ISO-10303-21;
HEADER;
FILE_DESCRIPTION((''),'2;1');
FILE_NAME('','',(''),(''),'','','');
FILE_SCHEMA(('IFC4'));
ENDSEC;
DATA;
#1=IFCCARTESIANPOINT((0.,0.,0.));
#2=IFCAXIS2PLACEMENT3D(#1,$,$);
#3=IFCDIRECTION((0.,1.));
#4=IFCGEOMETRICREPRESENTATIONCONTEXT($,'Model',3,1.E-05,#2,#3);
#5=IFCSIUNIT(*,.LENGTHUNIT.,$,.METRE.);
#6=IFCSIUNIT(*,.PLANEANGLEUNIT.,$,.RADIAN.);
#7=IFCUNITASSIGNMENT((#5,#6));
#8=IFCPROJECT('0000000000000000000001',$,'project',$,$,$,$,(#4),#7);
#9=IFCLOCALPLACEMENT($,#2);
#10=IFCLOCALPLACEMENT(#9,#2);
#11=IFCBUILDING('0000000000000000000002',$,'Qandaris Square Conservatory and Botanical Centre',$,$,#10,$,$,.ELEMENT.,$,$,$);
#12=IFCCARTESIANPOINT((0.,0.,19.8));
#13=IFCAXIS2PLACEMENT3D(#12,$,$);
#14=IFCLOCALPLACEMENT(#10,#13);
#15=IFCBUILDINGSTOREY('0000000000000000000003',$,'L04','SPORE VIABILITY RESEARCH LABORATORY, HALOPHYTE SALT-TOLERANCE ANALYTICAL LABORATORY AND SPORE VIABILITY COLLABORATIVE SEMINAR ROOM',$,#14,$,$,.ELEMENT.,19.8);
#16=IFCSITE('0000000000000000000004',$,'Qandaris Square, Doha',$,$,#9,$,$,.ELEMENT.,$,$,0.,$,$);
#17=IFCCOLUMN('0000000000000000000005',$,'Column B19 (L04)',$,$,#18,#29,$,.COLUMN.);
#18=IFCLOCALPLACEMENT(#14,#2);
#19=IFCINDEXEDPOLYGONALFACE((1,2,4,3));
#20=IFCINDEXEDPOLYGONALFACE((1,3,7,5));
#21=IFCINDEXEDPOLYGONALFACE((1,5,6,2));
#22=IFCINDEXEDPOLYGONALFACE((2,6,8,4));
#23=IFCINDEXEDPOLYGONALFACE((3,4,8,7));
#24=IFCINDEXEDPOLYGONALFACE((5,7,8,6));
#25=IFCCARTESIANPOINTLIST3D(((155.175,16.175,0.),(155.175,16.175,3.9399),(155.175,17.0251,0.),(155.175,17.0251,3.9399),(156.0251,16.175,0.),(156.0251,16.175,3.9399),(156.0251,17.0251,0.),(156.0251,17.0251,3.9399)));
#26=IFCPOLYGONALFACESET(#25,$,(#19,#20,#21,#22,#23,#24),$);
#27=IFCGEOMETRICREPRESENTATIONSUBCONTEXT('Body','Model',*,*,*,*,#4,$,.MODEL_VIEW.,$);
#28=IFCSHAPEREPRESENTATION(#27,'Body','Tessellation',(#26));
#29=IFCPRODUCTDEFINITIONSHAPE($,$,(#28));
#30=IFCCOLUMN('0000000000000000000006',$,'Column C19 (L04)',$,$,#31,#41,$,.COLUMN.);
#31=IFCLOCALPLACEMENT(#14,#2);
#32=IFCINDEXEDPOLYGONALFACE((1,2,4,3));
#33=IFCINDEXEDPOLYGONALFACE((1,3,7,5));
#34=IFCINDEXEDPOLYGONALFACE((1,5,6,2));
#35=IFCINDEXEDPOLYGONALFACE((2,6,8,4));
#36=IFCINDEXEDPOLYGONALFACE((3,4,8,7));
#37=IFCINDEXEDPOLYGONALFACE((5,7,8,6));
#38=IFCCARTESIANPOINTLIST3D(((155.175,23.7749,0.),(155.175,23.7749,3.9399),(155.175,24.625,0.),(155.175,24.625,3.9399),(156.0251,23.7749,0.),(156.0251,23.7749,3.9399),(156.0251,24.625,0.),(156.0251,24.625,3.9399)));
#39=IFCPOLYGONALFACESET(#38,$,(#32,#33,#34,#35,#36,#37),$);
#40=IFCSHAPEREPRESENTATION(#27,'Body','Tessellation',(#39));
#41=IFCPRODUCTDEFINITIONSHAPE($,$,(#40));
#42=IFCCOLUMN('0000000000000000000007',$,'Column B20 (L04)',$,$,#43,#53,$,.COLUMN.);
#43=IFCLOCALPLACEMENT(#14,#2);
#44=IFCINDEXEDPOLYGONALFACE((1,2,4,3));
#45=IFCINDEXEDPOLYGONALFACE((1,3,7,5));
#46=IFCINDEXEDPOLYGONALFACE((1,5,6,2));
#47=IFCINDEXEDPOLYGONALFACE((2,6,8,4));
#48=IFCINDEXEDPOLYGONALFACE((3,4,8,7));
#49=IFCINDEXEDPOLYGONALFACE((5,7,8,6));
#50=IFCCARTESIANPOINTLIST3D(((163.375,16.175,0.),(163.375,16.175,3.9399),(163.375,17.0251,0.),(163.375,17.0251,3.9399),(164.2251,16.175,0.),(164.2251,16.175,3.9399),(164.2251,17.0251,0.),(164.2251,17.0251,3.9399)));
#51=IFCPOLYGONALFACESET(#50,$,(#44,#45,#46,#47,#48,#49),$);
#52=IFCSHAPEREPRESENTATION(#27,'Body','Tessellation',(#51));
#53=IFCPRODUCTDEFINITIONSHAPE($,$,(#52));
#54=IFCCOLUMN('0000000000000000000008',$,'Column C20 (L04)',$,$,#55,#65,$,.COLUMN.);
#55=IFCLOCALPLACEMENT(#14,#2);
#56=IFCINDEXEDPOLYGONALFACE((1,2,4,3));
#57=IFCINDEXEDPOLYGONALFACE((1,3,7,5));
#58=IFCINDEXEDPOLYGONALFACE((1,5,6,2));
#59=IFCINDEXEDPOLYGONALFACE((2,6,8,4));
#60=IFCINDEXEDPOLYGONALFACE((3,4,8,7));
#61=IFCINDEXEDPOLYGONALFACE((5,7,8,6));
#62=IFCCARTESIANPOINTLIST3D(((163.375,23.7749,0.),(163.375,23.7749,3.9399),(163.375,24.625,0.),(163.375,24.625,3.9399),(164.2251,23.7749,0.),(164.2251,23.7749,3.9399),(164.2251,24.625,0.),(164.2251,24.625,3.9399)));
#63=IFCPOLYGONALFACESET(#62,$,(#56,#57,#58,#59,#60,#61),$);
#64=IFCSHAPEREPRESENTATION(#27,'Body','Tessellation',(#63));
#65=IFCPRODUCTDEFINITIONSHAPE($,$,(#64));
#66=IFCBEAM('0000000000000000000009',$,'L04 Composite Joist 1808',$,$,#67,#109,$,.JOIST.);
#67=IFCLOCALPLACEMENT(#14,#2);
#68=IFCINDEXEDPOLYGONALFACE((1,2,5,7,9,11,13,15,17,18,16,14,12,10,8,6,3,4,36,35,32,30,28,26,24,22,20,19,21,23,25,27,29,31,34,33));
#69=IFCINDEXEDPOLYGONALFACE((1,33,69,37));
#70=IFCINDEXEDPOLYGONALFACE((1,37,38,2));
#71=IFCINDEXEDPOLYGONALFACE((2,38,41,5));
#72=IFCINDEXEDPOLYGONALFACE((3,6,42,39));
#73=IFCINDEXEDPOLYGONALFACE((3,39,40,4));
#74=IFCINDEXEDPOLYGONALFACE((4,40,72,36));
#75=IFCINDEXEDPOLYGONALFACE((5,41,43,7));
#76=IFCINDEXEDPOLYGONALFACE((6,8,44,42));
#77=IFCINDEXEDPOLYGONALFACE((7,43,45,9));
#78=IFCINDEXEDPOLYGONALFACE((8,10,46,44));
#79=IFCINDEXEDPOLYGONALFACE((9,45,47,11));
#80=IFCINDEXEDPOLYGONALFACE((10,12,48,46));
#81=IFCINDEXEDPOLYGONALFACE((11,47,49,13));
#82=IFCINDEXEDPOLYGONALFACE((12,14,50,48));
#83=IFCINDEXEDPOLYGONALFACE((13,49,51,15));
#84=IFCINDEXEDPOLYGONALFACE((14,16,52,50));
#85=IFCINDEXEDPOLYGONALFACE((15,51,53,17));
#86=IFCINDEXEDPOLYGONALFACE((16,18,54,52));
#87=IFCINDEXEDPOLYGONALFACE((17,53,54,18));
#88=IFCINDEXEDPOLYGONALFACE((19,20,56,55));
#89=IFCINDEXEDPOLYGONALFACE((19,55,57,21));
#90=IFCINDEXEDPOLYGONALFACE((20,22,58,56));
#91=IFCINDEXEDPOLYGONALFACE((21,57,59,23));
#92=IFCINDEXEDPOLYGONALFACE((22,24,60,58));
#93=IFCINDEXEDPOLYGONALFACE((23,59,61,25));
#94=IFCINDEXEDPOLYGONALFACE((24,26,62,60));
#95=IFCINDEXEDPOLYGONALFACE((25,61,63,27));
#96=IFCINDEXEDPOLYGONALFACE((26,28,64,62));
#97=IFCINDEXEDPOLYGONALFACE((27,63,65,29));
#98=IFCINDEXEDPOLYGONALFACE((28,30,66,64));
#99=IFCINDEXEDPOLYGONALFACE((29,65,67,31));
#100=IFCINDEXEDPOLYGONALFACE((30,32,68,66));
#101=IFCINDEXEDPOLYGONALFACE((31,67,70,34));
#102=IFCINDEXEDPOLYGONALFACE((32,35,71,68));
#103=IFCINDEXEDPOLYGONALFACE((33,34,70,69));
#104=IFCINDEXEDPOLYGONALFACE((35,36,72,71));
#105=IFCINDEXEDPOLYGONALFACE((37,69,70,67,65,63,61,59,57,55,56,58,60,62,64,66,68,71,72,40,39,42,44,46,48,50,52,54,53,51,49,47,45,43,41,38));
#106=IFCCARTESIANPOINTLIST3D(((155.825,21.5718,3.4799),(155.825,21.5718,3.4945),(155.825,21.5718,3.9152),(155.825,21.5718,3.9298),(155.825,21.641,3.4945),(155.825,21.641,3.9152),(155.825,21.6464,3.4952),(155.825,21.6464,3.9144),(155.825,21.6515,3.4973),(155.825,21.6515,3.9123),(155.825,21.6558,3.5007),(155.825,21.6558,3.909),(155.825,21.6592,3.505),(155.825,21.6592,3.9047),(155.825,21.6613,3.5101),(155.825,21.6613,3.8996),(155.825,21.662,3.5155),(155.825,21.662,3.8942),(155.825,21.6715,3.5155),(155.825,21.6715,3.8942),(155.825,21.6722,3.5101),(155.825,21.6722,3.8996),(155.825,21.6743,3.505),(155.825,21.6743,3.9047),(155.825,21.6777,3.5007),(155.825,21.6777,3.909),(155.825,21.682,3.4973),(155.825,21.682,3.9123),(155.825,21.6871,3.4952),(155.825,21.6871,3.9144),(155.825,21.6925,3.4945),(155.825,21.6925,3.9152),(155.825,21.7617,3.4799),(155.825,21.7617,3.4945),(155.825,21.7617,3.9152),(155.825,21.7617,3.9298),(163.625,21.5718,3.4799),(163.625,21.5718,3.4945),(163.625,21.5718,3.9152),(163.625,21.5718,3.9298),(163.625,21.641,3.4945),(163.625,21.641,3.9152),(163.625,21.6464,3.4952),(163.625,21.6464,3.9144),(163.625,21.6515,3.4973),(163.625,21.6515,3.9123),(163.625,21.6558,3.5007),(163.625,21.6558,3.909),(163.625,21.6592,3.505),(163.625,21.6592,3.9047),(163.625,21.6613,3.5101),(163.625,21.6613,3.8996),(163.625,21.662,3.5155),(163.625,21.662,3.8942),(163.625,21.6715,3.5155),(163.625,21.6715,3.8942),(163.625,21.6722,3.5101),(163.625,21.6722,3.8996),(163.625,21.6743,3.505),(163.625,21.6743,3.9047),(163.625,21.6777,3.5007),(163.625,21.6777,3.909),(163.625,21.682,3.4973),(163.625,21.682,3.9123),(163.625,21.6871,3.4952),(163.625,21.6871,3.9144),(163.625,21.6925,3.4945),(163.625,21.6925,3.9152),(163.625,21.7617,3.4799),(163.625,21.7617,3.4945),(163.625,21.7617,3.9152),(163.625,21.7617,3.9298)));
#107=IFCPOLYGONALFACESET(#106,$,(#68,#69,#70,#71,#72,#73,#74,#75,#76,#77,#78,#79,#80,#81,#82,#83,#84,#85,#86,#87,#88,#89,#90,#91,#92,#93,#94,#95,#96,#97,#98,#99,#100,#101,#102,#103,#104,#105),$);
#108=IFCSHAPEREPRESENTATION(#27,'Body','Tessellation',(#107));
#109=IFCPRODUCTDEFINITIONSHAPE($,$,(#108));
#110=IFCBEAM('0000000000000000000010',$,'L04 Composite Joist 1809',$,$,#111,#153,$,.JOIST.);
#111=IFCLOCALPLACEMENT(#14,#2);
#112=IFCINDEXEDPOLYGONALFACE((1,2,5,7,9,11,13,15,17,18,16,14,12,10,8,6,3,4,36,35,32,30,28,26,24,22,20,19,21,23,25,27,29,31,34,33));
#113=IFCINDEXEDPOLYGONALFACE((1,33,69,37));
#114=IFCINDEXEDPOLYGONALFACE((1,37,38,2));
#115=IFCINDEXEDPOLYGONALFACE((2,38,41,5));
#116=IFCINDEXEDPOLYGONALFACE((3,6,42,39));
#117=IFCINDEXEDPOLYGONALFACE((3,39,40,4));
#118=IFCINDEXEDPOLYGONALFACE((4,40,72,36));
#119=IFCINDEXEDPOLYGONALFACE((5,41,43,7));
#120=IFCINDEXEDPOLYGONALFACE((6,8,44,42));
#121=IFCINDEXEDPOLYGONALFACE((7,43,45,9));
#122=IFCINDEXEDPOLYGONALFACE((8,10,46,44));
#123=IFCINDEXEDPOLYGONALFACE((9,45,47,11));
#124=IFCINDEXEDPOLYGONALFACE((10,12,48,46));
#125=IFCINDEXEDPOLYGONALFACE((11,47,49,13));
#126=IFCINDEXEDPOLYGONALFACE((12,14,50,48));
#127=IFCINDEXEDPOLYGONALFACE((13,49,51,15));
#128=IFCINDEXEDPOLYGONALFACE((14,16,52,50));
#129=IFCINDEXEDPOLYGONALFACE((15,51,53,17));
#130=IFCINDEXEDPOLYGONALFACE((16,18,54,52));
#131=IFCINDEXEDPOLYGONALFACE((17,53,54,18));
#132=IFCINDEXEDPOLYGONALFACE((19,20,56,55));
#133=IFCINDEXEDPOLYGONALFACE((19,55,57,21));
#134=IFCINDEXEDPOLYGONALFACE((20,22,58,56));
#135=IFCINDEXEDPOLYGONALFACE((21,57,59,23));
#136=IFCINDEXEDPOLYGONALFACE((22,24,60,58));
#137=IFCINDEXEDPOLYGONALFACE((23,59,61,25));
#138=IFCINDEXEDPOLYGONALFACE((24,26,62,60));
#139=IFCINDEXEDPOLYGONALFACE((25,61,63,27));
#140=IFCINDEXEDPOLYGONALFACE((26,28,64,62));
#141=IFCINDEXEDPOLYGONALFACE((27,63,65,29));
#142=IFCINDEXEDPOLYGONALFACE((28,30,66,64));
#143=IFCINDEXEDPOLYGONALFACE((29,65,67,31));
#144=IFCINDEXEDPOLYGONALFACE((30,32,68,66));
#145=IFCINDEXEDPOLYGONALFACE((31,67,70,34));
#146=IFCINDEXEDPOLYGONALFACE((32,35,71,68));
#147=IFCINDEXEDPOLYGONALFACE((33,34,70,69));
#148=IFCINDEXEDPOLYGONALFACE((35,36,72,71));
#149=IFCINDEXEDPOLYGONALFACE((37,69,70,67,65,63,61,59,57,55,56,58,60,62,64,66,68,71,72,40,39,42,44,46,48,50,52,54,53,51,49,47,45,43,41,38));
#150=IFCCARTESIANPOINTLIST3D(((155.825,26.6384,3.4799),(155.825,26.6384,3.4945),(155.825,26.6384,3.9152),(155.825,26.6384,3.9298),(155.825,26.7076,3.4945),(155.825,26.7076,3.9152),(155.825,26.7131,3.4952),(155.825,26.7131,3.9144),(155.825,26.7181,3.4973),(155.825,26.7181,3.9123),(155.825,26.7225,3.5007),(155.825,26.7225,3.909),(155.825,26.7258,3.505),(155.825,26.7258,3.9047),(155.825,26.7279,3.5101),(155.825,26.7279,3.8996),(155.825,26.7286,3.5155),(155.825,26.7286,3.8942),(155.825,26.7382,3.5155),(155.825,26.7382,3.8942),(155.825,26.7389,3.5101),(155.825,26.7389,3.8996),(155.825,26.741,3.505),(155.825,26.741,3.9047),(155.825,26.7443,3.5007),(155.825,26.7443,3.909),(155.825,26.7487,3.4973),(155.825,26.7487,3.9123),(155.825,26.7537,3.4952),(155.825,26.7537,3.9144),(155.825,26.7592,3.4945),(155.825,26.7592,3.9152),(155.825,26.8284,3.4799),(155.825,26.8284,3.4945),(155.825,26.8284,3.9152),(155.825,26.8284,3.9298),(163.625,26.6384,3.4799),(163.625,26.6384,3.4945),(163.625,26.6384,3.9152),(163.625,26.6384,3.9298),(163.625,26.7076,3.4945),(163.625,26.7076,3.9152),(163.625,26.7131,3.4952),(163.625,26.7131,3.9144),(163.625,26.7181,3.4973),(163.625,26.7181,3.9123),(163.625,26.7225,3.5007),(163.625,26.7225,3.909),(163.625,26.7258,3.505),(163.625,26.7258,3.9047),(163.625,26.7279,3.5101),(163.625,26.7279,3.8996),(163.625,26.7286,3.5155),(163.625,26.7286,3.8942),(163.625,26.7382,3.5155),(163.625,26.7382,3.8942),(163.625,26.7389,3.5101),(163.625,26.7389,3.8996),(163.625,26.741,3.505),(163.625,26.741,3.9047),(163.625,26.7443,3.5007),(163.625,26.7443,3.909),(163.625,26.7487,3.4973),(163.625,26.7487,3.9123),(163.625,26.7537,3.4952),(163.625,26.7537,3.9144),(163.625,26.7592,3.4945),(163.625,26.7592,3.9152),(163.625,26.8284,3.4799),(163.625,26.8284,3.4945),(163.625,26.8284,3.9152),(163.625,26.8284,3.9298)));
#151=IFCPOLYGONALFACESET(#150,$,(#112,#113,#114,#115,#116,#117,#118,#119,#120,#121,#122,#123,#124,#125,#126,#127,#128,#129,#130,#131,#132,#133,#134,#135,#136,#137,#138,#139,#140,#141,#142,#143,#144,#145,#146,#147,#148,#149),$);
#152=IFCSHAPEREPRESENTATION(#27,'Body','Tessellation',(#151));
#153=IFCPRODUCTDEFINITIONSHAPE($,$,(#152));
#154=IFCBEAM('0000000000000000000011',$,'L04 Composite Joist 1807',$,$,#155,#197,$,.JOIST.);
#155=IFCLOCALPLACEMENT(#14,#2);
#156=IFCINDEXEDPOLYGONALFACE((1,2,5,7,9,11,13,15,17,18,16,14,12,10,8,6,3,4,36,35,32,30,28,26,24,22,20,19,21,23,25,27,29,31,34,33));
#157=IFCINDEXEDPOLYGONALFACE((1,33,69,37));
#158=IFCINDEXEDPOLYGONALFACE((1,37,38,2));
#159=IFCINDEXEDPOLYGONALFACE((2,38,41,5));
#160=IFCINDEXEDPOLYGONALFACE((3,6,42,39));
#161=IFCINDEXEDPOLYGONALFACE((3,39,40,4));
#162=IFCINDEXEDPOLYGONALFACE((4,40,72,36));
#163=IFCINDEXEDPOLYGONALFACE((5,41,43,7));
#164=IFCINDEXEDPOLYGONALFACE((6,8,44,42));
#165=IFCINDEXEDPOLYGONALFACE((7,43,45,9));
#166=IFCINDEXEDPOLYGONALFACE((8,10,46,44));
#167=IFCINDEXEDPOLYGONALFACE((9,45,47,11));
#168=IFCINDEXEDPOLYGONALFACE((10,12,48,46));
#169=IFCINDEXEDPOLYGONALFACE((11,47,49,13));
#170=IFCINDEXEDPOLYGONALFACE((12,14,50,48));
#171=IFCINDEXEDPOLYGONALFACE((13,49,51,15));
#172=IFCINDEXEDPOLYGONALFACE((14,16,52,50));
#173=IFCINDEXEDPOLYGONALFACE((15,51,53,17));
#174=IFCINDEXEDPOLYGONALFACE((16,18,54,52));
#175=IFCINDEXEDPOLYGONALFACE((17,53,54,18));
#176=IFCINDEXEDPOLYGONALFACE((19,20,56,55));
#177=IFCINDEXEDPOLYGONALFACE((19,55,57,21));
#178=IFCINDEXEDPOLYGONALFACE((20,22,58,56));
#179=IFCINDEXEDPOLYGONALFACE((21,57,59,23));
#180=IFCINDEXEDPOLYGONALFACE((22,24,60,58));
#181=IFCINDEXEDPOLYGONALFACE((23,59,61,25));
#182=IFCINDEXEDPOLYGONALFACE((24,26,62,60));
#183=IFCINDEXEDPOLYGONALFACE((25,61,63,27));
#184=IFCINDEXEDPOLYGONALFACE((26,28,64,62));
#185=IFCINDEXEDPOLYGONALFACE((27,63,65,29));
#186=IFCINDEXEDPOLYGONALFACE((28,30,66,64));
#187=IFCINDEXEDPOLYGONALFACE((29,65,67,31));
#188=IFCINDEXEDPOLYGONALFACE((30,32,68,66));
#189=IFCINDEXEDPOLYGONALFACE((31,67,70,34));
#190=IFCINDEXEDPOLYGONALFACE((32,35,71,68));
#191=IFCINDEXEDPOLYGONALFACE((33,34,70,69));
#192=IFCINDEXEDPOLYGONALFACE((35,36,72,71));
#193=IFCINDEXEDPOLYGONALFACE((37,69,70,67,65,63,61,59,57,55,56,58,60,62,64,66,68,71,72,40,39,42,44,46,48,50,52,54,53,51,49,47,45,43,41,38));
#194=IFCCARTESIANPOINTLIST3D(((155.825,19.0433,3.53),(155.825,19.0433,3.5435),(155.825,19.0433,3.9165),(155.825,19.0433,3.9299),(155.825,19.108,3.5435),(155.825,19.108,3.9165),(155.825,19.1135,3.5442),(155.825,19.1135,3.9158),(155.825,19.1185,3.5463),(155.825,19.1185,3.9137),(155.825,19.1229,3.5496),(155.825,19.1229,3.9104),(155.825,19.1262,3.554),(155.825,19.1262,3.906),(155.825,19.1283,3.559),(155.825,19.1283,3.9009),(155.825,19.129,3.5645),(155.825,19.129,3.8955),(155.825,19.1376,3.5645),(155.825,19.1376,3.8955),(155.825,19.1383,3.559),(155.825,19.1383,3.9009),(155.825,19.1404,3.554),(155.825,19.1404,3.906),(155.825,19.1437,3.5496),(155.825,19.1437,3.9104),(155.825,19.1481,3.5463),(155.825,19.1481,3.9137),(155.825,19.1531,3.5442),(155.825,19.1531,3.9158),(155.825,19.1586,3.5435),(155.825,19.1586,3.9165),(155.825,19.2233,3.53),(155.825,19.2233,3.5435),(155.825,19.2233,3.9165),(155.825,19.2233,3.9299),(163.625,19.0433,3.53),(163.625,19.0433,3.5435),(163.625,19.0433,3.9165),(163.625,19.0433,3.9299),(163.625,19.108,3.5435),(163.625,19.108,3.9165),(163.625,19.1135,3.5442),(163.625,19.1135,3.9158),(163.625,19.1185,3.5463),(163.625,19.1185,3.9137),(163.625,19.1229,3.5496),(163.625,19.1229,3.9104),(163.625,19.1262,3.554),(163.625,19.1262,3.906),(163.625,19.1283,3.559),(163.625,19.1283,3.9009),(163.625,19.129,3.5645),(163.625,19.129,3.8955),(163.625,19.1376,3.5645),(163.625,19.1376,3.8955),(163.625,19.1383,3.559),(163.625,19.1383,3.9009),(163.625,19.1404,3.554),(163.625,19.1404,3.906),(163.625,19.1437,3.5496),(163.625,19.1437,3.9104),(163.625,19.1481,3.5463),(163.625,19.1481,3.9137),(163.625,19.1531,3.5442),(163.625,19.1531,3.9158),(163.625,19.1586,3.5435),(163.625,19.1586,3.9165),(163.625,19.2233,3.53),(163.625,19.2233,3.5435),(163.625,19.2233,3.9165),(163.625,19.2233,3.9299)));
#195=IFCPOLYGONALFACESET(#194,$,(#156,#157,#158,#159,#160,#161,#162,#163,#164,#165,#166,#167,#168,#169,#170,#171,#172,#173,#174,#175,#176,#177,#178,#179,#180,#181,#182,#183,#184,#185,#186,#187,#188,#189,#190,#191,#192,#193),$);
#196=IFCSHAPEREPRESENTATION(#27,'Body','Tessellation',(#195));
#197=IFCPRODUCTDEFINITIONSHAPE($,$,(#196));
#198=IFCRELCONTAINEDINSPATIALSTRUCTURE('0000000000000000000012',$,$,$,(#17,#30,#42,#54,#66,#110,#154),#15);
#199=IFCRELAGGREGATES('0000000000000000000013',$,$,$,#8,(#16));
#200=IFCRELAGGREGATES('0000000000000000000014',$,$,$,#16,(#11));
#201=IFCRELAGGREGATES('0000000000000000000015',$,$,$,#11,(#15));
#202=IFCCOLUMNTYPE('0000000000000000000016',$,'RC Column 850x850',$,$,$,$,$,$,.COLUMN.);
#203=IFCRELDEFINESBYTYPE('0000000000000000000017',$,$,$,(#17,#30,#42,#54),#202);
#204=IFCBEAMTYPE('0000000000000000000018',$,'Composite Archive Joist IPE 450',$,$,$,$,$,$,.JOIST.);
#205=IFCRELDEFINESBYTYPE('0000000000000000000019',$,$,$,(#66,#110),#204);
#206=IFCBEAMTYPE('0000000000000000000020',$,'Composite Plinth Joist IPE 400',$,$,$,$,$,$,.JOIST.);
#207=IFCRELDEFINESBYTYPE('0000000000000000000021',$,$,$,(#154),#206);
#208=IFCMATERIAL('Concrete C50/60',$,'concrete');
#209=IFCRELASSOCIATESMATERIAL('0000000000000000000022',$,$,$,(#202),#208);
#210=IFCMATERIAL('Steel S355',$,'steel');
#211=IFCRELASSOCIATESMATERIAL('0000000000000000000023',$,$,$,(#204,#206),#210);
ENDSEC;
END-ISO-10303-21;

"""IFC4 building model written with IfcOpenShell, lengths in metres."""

from ifc_helpers import new_model, si_unit, direction, frame, origin, origin_2d, place, context, subcontext, project, spatial, rectangle, i_section, extrude, material, material_profile, profile_set, type_object, element, save


model = new_model("IFC4")

# Units and contexts
model_context = context("Model", 3, precision=1e-05, world=origin(), true_north=direction((0.0, 1.0)))
body_context = subcontext(model_context, "Body", "Model", "MODEL_VIEW")
ifc_project = project(units=[si_unit("LENGTHUNIT", "METRE"), si_unit("PLANEANGLEUNIT", "RADIAN")], contexts=[model_context])

# Site, building, storey
site_placement = place(None, origin())
site = spatial("IfcSite", under=ifc_project, at=site_placement, Name="Qandaris Square, Doha", CompositionType="ELEMENT", RefElevation=0.0)
building_placement = place(site_placement, origin())
building = spatial("IfcBuilding", under=site, at=building_placement, Name="Qandaris Square Conservatory and Botanical Centre", CompositionType="ELEMENT")
storey_placement = place(building_placement, frame((0.0, 0.0, 19.8)))
storey = spatial("IfcBuildingStorey", under=building, at=storey_placement, Name="L04", Description="SPORE VIABILITY RESEARCH LABORATORY, HALOPHYTE SALT-TOLERANCE ANALYTICAL LABORATORY AND SPORE VIABILITY COLLABORATIVE SEMINAR ROOM", CompositionType="ELEMENT", Elevation=19.8)

# Columns
ifc_material_1 = material(Name="Concrete C50/60", Category="concrete")
ifc_material_profile_1 = material_profile(ifc_material_1, rectangle(XDim=0.8501, YDim=0.8501, at=origin_2d()), Name="RC-COL 850x850")
ifc_profile_set_1 = profile_set([ifc_material_profile_1], Name="Concrete C50/60")
column_type = type_object("IfcColumnType", Name="RC Column 850x850", PredefinedType="COLUMN", material=ifc_profile_set_1)
for number, where, z_axis, x_axis, name in (
    (1, (155.6001, 16.6001, 0.0), (0.0, 0.0, 1.0), (1.0, 0.0, 0.0), "Column B19 (L04)"),
    (2, (155.6001, 24.2, 0.0), (0.0, 0.0, 1.0), (1.0, 0.0, 0.0), "Column C19 (L04)"),
    (3, (163.8, 16.6001, 0.0), (0.0, 0.0, 1.0), (1.0, 0.0, 0.0), "Column B20 (L04)"),
    (4, (163.8, 24.2, 0.0), (0.0, 0.0, 1.0), (1.0, 0.0, 0.0), "Column C20 (L04)"),
):
    element("IfcColumn", number, at=place(storey_placement, frame(where, z_axis=z_axis, x_axis=x_axis)), inside=storey, type_object=column_type, Name=name, PredefinedType="COLUMN", context=body_context, shape_type="SweptSolid", body=[
        extrude(rectangle(XDim=0.8501, YDim=0.8501, at=origin_2d()), origin(), (0.0, 0.0, 1.0), 3.9399),
    ])

# Beams
ifc_material_2 = material(Name="Steel S355", Category="steel")
ifc_material_profile_2 = material_profile(ifc_material_2, i_section(OverallWidth=0.1899, OverallDepth=0.45, WebThickness=0.0095, FlangeThickness=0.0146, FilletRadius=0.021, at=origin_2d()), Name="IPE 450")
ifc_profile_set_2 = profile_set([ifc_material_profile_2], Name="Steel S355")
beam_type_1 = type_object("IfcBeamType", Name="Composite Archive Joist IPE 450", PredefinedType="JOIST", material=ifc_profile_set_2)
for number, where, z_axis, x_axis, name in (
    (5, (155.825, 21.6667, 3.7048), (1.0, 0.0, 0.0), (0.0, 1.0, 0.0), "L04 Composite Joist 1808"),
    (6, (155.825, 26.7334, 3.7048), (1.0, 0.0, 0.0), (0.0, 1.0, 0.0), "L04 Composite Joist 1809"),
):
    element("IfcBeam", number, at=place(storey_placement, frame(where, z_axis=z_axis, x_axis=x_axis)), inside=storey, type_object=beam_type_1, Name=name, PredefinedType="JOIST", context=body_context, shape_type="SweptSolid", body=[
        extrude(i_section(OverallWidth=0.1899, OverallDepth=0.45, WebThickness=0.0095, FlangeThickness=0.0146, FilletRadius=0.021, at=origin_2d()), origin(), (0.0, 0.0, 1.0), 7.8),
    ])
ifc_material_profile_3 = material_profile(ifc_material_2, i_section(OverallWidth=0.1799, OverallDepth=0.3999, WebThickness=0.0085, FlangeThickness=0.0134, FilletRadius=0.021, at=origin_2d()), Name="IPE 400")
ifc_profile_set_3 = profile_set([ifc_material_profile_3], Name="Steel S355")
beam_type_2 = type_object("IfcBeamType", Name="Composite Plinth Joist IPE 400", PredefinedType="JOIST", material=ifc_profile_set_3)
beam_1_placement = place(storey_placement, frame((155.825, 19.1333, 3.73), z_axis=(1.0, 0.0, 0.0), x_axis=(0.0, 1.0, 0.0)))
element("IfcBeam", 7, at=beam_1_placement, inside=storey, type_object=beam_type_2, Name="L04 Composite Joist 1807", PredefinedType="JOIST", context=body_context, shape_type="SweptSolid", body=[
    extrude(i_section(OverallWidth=0.1799, OverallDepth=0.3999, WebThickness=0.0085, FlangeThickness=0.0134, FilletRadius=0.021, at=origin_2d()), origin(), (0.0, 0.0, 1.0), 7.8),
])

save(model, "model.ifc")
